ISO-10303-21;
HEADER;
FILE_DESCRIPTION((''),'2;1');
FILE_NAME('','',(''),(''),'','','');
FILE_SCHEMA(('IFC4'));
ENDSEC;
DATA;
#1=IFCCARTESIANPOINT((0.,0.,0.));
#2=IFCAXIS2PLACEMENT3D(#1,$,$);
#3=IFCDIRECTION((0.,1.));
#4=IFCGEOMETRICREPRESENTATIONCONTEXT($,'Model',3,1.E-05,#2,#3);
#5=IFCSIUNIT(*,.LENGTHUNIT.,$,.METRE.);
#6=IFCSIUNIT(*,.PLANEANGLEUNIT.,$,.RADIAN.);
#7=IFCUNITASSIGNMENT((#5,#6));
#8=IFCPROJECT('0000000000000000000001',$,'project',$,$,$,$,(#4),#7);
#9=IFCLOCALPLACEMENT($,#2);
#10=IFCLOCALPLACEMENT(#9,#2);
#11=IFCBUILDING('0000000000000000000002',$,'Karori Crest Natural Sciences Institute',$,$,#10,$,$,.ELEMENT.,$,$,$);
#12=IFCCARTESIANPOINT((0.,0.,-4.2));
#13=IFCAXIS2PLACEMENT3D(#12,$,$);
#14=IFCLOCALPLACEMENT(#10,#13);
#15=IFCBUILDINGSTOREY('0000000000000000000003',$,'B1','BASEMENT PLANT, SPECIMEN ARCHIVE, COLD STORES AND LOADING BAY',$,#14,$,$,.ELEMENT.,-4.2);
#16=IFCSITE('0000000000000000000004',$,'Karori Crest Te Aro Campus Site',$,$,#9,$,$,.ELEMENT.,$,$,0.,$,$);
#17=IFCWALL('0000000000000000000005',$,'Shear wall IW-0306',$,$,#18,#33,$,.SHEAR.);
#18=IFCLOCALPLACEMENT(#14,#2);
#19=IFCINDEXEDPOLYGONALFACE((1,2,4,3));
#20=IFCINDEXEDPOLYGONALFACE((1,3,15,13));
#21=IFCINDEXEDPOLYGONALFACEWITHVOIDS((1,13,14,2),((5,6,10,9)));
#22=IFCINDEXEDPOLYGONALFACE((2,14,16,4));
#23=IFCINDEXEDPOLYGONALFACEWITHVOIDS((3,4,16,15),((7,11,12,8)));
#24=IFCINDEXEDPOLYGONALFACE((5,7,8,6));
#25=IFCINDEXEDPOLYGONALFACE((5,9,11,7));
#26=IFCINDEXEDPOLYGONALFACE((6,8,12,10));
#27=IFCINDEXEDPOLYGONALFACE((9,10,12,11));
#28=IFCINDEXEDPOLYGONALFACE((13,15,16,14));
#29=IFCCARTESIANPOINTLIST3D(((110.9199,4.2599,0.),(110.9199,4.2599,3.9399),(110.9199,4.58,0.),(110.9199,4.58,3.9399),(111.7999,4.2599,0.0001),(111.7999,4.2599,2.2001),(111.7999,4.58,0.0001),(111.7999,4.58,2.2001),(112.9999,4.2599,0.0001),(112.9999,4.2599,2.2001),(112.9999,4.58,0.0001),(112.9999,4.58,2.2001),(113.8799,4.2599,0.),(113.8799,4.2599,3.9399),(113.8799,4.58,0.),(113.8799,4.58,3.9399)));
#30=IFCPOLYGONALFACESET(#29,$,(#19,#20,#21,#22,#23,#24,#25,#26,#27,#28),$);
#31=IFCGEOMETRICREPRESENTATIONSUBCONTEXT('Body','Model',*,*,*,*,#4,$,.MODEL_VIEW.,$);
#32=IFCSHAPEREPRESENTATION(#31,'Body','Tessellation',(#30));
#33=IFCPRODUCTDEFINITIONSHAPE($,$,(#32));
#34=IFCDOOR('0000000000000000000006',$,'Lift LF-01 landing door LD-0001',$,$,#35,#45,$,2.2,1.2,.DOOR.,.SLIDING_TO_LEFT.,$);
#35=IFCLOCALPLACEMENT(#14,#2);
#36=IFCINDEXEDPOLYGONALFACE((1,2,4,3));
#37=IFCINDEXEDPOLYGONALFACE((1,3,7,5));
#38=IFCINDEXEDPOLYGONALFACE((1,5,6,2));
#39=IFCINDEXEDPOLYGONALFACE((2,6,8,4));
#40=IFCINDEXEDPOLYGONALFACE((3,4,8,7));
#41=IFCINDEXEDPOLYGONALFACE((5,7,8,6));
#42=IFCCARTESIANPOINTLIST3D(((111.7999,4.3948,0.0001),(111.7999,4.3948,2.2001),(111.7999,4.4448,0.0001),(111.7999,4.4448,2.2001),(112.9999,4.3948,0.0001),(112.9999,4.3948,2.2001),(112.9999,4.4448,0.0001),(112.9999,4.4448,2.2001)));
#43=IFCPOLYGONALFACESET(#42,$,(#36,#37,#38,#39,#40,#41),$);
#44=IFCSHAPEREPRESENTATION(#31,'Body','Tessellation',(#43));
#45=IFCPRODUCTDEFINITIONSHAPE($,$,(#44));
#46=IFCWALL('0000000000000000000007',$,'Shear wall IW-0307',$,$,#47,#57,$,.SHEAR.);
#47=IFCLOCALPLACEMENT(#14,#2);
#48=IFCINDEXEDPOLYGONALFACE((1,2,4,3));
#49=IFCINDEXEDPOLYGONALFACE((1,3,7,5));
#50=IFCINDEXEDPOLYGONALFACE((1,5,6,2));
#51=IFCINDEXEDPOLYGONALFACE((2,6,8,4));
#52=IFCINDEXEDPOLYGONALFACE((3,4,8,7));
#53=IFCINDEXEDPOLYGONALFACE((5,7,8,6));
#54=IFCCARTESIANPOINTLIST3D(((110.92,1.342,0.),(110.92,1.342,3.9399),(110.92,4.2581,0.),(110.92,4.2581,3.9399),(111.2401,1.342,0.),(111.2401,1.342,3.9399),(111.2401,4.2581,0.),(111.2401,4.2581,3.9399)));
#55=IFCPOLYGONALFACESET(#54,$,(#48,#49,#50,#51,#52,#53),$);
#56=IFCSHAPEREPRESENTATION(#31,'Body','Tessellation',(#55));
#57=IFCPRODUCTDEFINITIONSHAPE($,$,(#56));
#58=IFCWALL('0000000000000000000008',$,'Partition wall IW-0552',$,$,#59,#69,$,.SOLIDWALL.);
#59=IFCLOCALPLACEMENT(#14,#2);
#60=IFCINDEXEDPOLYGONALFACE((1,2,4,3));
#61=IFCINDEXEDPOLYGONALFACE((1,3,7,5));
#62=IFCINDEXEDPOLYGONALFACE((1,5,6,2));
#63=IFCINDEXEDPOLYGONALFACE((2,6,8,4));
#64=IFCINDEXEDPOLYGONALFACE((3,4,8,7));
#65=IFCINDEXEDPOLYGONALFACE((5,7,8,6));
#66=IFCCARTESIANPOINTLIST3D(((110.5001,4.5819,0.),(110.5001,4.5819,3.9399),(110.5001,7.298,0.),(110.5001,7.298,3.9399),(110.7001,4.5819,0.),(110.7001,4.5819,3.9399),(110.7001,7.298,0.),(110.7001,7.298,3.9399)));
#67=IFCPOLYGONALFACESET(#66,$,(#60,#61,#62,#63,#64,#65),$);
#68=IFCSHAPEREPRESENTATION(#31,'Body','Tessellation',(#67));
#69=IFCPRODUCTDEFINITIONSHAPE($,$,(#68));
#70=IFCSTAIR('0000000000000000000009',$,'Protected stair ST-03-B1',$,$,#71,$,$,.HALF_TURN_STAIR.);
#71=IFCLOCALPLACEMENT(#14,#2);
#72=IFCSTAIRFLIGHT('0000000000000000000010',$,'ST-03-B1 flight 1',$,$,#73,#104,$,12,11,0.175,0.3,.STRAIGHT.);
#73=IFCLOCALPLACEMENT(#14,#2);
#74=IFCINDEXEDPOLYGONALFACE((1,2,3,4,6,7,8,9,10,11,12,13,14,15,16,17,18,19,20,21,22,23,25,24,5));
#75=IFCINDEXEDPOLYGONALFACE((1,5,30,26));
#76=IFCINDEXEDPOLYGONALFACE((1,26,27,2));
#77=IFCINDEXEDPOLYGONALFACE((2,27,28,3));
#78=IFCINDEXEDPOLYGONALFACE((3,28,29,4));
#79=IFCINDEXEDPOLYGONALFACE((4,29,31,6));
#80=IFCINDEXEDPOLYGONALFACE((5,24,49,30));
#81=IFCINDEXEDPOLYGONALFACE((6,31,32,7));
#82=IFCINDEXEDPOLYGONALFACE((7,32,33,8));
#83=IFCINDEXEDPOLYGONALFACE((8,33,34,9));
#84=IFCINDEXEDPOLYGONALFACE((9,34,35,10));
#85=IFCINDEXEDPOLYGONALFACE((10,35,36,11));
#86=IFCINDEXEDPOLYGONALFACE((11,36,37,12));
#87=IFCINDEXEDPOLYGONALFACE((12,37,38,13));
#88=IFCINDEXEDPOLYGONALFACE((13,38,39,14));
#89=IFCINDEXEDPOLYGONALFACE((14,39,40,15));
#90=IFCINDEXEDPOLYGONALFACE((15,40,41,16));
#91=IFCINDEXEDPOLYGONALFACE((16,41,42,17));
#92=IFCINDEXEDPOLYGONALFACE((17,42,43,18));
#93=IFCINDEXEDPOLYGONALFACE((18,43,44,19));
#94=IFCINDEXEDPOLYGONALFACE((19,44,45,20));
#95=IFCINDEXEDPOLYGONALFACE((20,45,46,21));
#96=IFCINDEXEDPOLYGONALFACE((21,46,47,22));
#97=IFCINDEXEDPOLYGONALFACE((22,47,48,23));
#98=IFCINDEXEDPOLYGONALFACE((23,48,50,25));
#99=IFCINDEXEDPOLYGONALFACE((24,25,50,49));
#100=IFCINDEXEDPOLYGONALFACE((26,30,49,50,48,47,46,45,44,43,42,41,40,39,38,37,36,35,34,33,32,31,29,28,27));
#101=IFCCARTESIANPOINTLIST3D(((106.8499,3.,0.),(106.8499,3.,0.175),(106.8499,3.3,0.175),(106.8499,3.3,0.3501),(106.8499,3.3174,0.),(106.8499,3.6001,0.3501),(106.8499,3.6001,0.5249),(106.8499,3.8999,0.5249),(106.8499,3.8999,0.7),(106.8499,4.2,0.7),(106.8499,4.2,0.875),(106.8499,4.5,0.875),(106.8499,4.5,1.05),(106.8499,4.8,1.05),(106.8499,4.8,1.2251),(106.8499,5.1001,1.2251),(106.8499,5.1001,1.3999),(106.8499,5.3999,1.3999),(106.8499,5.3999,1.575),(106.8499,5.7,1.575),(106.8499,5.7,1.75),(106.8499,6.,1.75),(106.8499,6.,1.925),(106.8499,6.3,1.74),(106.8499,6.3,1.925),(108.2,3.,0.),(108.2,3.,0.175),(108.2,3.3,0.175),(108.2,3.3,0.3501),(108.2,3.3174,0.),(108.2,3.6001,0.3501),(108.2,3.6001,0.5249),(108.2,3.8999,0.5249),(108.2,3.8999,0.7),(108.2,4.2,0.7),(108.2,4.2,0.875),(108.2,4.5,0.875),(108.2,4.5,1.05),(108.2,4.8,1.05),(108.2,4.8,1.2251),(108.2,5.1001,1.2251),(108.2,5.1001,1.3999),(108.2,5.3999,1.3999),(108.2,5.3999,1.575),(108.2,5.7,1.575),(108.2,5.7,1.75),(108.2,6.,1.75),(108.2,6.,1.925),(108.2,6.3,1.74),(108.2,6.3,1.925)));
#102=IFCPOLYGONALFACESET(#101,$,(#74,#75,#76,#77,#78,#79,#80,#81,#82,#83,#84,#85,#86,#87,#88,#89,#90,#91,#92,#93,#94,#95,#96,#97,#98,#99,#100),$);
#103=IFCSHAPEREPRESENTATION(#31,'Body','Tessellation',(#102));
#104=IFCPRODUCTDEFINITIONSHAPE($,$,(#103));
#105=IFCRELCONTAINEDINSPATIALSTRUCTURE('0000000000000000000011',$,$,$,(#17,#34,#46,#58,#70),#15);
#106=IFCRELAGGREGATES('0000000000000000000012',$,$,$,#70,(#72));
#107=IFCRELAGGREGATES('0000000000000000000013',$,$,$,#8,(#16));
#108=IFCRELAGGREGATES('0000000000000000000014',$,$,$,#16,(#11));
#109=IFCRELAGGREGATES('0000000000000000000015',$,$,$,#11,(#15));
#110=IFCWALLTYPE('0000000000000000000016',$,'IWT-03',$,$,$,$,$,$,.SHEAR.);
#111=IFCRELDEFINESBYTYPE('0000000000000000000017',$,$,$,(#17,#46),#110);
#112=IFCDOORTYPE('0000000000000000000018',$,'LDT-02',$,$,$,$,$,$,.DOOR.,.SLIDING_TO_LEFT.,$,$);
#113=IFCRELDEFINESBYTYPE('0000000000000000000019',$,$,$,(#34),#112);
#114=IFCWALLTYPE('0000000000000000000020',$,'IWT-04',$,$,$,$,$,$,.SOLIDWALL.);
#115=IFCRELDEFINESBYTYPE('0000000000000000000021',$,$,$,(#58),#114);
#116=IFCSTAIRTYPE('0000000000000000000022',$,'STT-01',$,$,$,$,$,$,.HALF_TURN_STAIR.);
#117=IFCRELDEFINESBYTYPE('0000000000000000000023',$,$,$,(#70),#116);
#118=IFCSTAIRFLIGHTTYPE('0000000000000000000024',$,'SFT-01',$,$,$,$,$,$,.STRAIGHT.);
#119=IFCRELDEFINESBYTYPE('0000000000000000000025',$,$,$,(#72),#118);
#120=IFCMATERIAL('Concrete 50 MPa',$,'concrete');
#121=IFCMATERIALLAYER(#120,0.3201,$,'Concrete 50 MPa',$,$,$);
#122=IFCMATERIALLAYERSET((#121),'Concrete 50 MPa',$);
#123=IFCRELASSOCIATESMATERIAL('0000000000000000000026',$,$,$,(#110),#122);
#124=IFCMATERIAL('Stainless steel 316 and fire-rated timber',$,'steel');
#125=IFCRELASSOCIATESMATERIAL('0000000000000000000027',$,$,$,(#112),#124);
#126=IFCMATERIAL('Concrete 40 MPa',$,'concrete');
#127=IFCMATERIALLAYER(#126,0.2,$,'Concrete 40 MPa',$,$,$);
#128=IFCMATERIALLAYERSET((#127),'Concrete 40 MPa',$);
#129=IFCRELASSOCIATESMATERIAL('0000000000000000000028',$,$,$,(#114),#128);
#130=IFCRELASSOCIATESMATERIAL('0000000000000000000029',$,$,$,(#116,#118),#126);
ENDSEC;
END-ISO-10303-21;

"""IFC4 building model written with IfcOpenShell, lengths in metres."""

from ifc_helpers import new_model, si_unit, direction, frame, frame_2d, origin, place, context, subcontext, project, spatial, polyline, rectangle, outline, extrude, material, layer, layer_set, type_object, element, fill, aggregate, save


model = new_model("IFC4")

# Units and contexts
model_context = context("Model", 3, precision=1e-05, world=origin(), true_north=direction((0.0, 1.0)))
body_context = subcontext(model_context, "Body", "Model", "MODEL_VIEW")
ifc_project = project(units=[si_unit("LENGTHUNIT", "METRE"), si_unit("PLANEANGLEUNIT", "RADIAN")], contexts=[model_context])

# Site, building, storey
site_placement = place(None, origin())
site = spatial("IfcSite", under=ifc_project, at=site_placement, Name="Karori Crest Te Aro Campus Site", CompositionType="ELEMENT", RefElevation=0.0)
building_placement = place(site_placement, origin())
building = spatial("IfcBuilding", under=site, at=building_placement, Name="Karori Crest Natural Sciences Institute", CompositionType="ELEMENT")
storey_placement = place(building_placement, frame((0.0, 0.0, -4.2)))
storey = spatial("IfcBuildingStorey", under=building, at=storey_placement, Name="B1", Description="BASEMENT PLANT, SPECIMEN ARCHIVE, COLD STORES AND LOADING BAY", CompositionType="ELEMENT", Elevation=-4.2)

# Shared definitions
ifc_material_1 = material(Name="Concrete 40 MPa", Category="concrete")

# Shared definitions
ifc_material_2 = material(Name="Concrete 50 MPa", Category="concrete")
ifc_material_3 = material(Name="Stainless steel 316 and fire-rated timber", Category="steel")

# Shared definitions
ifc_layer_1 = layer(ifc_material_2, 0.3201, Name="Concrete 50 MPa")
ifc_layer_set_1 = layer_set([ifc_layer_1], Name="Concrete 50 MPa")
wall_type_1 = type_object("IfcWallType", Name="IWT-03", PredefinedType="SHEAR", material=ifc_layer_set_1)

# Wall, opening, door
wall_1_placement = place(storey_placement, frame((110.9199, 4.4199, 0.0), z_axis=(0.0, 0.0, 1.0), x_axis=(1.0, 0.0, 0.0)))
wall_1 = element("IfcWall", 1, at=wall_1_placement, inside=storey, type_object=wall_type_1, Name="Shear wall IW-0306", PredefinedType="SHEAR", context=body_context, shape_type="SweptSolid", body=[
    extrude(rectangle(XDim=2.96, YDim=0.3201, at=frame_2d((1.48, 0.0))), origin(), (0.0, 0.0, 1.0), 3.9399),
])
opening_1_placement = place(wall_1_placement, frame((0.8799, 0.0, 0.0)))
opening_1 = element("IfcOpeningElement", 2, at=opening_1_placement, cuts=wall_1, PredefinedType="OPENING", context=body_context, shape_type="SweptSolid", body=[
    extrude(rectangle(XDim=1.2, YDim=2.2, at=frame_2d((0.6001, 1.1001))), frame((0.0, 0.1699, 0.0), z_axis=(0.0, -1.0, 0.0), x_axis=(1.0, 0.0, 0.0)), (0.0, 0.0, 1.0), 0.3401),
])
door_type_1 = type_object("IfcDoorType", Name="LDT-02", OperationType="SLIDING_TO_LEFT", PredefinedType="DOOR", material=ifc_material_3)
door_1_placement = place(opening_1_placement, origin())
door_1 = element("IfcDoor", 3, at=door_1_placement, inside=storey, type_object=door_type_1, Name="Lift LF-01 landing door LD-0001", OperationType="SLIDING_TO_LEFT", OverallHeight=2.2, OverallWidth=1.2, PredefinedType="DOOR", context=body_context, shape_type="SweptSolid", body=[
    extrude(rectangle(XDim=1.2, YDim=2.2, at=frame_2d((0.6001, 1.1001))), frame((0.0, 0.0249, 0.0), z_axis=(0.0, -1.0, 0.0), x_axis=(1.0, 0.0, 0.0)), (0.0, 0.0, 1.0), 0.05),
])
fill(opening_1, door_1)

# Wall
wall_2_placement = place(storey_placement, frame((111.0801, 1.342, 0.0), z_axis=(0.0, 0.0, 1.0), x_axis=(0.0, 1.0, 0.0)))
element("IfcWall", 4, at=wall_2_placement, inside=storey, type_object=wall_type_1, Name="Shear wall IW-0307", PredefinedType="SHEAR", context=body_context, shape_type="SweptSolid", body=[
    extrude(rectangle(XDim=2.916, YDim=0.3201, at=frame_2d((1.458, 0.0))), origin(), (0.0, 0.0, 1.0), 3.9399),
])

# Shared definitions
ifc_layer_2 = layer(ifc_material_1, 0.2, Name="Concrete 40 MPa")
ifc_layer_set_2 = layer_set([ifc_layer_2], Name="Concrete 40 MPa")
wall_type_2 = type_object("IfcWallType", Name="IWT-04", PredefinedType="SOLIDWALL", material=ifc_layer_set_2)

# Wall
wall_3_placement = place(storey_placement, frame((110.6001, 4.582, 0.0), z_axis=(0.0, 0.0, 1.0), x_axis=(0.0, 1.0, 0.0)))
element("IfcWall", 5, at=wall_3_placement, inside=storey, type_object=wall_type_2, Name="Partition wall IW-0552", PredefinedType="SOLIDWALL", context=body_context, shape_type="SweptSolid", body=[
    extrude(rectangle(XDim=2.7161, YDim=0.2, at=frame_2d((1.3579, 0.0))), origin(), (0.0, 0.0, 1.0), 3.9399),
])

# Stair, stair flight
stair_type = type_object("IfcStairType", Name="STT-01", PredefinedType="HALF_TURN_STAIR", material=ifc_material_1)
stair_placement = place(storey_placement, origin())
stair = element("IfcStair", 6, at=stair_placement, inside=storey, type_object=stair_type, Name="Protected stair ST-03-B1", PredefinedType="HALF_TURN_STAIR")
stair_flight_type = type_object("IfcStairFlightType", Name="SFT-01", PredefinedType="STRAIGHT", material=ifc_material_1)
stair_flight_placement = place(storey_placement, frame((107.5249, 3.0, 0.0), z_axis=(0.0, 0.0, 1.0), x_axis=(0.0, 1.0, 0.0)))
stair_flight = element("IfcStairFlight", 7, at=stair_flight_placement, type_object=stair_flight_type, Name="ST-03-B1 flight 1", NumberOfRisers=12, NumberOfTreads=11, PredefinedType="STRAIGHT", RiserHeight=0.175, TreadLength=0.3, context=body_context, shape_type="SweptSolid", body=[
    extrude(outline(polyline([(0.0, 0.0), (0.0, 0.175), (0.3, 0.175), (0.3, 0.3501), (0.6001, 0.3501), (0.6001, 0.5249), (0.8999, 0.5249), (0.8999, 0.7), (1.2, 0.7), (1.2, 0.875), (1.5, 0.875), (1.5, 1.05), (1.8, 1.05), (1.8, 1.2251), (2.1001, 1.2251), (2.1001, 1.3999), (2.3999, 1.3999), (2.3999, 1.575), (2.7, 1.575), (2.7, 1.75), (3.0, 1.75), (3.0, 1.925), (3.3, 1.925), (3.3, 2.1001), (3.3, 1.74), (0.3174, 0.0), (0.0, 0.0)])), frame((0.0, 0.675, 0.0), z_axis=(0.0, -1.0, 0.0), x_axis=(1.0, 0.0, 0.0)), (0.0, 0.0, 1.0), 1.3501),
])
aggregate(stair, [stair_flight])

save(model, "model.ifc")
